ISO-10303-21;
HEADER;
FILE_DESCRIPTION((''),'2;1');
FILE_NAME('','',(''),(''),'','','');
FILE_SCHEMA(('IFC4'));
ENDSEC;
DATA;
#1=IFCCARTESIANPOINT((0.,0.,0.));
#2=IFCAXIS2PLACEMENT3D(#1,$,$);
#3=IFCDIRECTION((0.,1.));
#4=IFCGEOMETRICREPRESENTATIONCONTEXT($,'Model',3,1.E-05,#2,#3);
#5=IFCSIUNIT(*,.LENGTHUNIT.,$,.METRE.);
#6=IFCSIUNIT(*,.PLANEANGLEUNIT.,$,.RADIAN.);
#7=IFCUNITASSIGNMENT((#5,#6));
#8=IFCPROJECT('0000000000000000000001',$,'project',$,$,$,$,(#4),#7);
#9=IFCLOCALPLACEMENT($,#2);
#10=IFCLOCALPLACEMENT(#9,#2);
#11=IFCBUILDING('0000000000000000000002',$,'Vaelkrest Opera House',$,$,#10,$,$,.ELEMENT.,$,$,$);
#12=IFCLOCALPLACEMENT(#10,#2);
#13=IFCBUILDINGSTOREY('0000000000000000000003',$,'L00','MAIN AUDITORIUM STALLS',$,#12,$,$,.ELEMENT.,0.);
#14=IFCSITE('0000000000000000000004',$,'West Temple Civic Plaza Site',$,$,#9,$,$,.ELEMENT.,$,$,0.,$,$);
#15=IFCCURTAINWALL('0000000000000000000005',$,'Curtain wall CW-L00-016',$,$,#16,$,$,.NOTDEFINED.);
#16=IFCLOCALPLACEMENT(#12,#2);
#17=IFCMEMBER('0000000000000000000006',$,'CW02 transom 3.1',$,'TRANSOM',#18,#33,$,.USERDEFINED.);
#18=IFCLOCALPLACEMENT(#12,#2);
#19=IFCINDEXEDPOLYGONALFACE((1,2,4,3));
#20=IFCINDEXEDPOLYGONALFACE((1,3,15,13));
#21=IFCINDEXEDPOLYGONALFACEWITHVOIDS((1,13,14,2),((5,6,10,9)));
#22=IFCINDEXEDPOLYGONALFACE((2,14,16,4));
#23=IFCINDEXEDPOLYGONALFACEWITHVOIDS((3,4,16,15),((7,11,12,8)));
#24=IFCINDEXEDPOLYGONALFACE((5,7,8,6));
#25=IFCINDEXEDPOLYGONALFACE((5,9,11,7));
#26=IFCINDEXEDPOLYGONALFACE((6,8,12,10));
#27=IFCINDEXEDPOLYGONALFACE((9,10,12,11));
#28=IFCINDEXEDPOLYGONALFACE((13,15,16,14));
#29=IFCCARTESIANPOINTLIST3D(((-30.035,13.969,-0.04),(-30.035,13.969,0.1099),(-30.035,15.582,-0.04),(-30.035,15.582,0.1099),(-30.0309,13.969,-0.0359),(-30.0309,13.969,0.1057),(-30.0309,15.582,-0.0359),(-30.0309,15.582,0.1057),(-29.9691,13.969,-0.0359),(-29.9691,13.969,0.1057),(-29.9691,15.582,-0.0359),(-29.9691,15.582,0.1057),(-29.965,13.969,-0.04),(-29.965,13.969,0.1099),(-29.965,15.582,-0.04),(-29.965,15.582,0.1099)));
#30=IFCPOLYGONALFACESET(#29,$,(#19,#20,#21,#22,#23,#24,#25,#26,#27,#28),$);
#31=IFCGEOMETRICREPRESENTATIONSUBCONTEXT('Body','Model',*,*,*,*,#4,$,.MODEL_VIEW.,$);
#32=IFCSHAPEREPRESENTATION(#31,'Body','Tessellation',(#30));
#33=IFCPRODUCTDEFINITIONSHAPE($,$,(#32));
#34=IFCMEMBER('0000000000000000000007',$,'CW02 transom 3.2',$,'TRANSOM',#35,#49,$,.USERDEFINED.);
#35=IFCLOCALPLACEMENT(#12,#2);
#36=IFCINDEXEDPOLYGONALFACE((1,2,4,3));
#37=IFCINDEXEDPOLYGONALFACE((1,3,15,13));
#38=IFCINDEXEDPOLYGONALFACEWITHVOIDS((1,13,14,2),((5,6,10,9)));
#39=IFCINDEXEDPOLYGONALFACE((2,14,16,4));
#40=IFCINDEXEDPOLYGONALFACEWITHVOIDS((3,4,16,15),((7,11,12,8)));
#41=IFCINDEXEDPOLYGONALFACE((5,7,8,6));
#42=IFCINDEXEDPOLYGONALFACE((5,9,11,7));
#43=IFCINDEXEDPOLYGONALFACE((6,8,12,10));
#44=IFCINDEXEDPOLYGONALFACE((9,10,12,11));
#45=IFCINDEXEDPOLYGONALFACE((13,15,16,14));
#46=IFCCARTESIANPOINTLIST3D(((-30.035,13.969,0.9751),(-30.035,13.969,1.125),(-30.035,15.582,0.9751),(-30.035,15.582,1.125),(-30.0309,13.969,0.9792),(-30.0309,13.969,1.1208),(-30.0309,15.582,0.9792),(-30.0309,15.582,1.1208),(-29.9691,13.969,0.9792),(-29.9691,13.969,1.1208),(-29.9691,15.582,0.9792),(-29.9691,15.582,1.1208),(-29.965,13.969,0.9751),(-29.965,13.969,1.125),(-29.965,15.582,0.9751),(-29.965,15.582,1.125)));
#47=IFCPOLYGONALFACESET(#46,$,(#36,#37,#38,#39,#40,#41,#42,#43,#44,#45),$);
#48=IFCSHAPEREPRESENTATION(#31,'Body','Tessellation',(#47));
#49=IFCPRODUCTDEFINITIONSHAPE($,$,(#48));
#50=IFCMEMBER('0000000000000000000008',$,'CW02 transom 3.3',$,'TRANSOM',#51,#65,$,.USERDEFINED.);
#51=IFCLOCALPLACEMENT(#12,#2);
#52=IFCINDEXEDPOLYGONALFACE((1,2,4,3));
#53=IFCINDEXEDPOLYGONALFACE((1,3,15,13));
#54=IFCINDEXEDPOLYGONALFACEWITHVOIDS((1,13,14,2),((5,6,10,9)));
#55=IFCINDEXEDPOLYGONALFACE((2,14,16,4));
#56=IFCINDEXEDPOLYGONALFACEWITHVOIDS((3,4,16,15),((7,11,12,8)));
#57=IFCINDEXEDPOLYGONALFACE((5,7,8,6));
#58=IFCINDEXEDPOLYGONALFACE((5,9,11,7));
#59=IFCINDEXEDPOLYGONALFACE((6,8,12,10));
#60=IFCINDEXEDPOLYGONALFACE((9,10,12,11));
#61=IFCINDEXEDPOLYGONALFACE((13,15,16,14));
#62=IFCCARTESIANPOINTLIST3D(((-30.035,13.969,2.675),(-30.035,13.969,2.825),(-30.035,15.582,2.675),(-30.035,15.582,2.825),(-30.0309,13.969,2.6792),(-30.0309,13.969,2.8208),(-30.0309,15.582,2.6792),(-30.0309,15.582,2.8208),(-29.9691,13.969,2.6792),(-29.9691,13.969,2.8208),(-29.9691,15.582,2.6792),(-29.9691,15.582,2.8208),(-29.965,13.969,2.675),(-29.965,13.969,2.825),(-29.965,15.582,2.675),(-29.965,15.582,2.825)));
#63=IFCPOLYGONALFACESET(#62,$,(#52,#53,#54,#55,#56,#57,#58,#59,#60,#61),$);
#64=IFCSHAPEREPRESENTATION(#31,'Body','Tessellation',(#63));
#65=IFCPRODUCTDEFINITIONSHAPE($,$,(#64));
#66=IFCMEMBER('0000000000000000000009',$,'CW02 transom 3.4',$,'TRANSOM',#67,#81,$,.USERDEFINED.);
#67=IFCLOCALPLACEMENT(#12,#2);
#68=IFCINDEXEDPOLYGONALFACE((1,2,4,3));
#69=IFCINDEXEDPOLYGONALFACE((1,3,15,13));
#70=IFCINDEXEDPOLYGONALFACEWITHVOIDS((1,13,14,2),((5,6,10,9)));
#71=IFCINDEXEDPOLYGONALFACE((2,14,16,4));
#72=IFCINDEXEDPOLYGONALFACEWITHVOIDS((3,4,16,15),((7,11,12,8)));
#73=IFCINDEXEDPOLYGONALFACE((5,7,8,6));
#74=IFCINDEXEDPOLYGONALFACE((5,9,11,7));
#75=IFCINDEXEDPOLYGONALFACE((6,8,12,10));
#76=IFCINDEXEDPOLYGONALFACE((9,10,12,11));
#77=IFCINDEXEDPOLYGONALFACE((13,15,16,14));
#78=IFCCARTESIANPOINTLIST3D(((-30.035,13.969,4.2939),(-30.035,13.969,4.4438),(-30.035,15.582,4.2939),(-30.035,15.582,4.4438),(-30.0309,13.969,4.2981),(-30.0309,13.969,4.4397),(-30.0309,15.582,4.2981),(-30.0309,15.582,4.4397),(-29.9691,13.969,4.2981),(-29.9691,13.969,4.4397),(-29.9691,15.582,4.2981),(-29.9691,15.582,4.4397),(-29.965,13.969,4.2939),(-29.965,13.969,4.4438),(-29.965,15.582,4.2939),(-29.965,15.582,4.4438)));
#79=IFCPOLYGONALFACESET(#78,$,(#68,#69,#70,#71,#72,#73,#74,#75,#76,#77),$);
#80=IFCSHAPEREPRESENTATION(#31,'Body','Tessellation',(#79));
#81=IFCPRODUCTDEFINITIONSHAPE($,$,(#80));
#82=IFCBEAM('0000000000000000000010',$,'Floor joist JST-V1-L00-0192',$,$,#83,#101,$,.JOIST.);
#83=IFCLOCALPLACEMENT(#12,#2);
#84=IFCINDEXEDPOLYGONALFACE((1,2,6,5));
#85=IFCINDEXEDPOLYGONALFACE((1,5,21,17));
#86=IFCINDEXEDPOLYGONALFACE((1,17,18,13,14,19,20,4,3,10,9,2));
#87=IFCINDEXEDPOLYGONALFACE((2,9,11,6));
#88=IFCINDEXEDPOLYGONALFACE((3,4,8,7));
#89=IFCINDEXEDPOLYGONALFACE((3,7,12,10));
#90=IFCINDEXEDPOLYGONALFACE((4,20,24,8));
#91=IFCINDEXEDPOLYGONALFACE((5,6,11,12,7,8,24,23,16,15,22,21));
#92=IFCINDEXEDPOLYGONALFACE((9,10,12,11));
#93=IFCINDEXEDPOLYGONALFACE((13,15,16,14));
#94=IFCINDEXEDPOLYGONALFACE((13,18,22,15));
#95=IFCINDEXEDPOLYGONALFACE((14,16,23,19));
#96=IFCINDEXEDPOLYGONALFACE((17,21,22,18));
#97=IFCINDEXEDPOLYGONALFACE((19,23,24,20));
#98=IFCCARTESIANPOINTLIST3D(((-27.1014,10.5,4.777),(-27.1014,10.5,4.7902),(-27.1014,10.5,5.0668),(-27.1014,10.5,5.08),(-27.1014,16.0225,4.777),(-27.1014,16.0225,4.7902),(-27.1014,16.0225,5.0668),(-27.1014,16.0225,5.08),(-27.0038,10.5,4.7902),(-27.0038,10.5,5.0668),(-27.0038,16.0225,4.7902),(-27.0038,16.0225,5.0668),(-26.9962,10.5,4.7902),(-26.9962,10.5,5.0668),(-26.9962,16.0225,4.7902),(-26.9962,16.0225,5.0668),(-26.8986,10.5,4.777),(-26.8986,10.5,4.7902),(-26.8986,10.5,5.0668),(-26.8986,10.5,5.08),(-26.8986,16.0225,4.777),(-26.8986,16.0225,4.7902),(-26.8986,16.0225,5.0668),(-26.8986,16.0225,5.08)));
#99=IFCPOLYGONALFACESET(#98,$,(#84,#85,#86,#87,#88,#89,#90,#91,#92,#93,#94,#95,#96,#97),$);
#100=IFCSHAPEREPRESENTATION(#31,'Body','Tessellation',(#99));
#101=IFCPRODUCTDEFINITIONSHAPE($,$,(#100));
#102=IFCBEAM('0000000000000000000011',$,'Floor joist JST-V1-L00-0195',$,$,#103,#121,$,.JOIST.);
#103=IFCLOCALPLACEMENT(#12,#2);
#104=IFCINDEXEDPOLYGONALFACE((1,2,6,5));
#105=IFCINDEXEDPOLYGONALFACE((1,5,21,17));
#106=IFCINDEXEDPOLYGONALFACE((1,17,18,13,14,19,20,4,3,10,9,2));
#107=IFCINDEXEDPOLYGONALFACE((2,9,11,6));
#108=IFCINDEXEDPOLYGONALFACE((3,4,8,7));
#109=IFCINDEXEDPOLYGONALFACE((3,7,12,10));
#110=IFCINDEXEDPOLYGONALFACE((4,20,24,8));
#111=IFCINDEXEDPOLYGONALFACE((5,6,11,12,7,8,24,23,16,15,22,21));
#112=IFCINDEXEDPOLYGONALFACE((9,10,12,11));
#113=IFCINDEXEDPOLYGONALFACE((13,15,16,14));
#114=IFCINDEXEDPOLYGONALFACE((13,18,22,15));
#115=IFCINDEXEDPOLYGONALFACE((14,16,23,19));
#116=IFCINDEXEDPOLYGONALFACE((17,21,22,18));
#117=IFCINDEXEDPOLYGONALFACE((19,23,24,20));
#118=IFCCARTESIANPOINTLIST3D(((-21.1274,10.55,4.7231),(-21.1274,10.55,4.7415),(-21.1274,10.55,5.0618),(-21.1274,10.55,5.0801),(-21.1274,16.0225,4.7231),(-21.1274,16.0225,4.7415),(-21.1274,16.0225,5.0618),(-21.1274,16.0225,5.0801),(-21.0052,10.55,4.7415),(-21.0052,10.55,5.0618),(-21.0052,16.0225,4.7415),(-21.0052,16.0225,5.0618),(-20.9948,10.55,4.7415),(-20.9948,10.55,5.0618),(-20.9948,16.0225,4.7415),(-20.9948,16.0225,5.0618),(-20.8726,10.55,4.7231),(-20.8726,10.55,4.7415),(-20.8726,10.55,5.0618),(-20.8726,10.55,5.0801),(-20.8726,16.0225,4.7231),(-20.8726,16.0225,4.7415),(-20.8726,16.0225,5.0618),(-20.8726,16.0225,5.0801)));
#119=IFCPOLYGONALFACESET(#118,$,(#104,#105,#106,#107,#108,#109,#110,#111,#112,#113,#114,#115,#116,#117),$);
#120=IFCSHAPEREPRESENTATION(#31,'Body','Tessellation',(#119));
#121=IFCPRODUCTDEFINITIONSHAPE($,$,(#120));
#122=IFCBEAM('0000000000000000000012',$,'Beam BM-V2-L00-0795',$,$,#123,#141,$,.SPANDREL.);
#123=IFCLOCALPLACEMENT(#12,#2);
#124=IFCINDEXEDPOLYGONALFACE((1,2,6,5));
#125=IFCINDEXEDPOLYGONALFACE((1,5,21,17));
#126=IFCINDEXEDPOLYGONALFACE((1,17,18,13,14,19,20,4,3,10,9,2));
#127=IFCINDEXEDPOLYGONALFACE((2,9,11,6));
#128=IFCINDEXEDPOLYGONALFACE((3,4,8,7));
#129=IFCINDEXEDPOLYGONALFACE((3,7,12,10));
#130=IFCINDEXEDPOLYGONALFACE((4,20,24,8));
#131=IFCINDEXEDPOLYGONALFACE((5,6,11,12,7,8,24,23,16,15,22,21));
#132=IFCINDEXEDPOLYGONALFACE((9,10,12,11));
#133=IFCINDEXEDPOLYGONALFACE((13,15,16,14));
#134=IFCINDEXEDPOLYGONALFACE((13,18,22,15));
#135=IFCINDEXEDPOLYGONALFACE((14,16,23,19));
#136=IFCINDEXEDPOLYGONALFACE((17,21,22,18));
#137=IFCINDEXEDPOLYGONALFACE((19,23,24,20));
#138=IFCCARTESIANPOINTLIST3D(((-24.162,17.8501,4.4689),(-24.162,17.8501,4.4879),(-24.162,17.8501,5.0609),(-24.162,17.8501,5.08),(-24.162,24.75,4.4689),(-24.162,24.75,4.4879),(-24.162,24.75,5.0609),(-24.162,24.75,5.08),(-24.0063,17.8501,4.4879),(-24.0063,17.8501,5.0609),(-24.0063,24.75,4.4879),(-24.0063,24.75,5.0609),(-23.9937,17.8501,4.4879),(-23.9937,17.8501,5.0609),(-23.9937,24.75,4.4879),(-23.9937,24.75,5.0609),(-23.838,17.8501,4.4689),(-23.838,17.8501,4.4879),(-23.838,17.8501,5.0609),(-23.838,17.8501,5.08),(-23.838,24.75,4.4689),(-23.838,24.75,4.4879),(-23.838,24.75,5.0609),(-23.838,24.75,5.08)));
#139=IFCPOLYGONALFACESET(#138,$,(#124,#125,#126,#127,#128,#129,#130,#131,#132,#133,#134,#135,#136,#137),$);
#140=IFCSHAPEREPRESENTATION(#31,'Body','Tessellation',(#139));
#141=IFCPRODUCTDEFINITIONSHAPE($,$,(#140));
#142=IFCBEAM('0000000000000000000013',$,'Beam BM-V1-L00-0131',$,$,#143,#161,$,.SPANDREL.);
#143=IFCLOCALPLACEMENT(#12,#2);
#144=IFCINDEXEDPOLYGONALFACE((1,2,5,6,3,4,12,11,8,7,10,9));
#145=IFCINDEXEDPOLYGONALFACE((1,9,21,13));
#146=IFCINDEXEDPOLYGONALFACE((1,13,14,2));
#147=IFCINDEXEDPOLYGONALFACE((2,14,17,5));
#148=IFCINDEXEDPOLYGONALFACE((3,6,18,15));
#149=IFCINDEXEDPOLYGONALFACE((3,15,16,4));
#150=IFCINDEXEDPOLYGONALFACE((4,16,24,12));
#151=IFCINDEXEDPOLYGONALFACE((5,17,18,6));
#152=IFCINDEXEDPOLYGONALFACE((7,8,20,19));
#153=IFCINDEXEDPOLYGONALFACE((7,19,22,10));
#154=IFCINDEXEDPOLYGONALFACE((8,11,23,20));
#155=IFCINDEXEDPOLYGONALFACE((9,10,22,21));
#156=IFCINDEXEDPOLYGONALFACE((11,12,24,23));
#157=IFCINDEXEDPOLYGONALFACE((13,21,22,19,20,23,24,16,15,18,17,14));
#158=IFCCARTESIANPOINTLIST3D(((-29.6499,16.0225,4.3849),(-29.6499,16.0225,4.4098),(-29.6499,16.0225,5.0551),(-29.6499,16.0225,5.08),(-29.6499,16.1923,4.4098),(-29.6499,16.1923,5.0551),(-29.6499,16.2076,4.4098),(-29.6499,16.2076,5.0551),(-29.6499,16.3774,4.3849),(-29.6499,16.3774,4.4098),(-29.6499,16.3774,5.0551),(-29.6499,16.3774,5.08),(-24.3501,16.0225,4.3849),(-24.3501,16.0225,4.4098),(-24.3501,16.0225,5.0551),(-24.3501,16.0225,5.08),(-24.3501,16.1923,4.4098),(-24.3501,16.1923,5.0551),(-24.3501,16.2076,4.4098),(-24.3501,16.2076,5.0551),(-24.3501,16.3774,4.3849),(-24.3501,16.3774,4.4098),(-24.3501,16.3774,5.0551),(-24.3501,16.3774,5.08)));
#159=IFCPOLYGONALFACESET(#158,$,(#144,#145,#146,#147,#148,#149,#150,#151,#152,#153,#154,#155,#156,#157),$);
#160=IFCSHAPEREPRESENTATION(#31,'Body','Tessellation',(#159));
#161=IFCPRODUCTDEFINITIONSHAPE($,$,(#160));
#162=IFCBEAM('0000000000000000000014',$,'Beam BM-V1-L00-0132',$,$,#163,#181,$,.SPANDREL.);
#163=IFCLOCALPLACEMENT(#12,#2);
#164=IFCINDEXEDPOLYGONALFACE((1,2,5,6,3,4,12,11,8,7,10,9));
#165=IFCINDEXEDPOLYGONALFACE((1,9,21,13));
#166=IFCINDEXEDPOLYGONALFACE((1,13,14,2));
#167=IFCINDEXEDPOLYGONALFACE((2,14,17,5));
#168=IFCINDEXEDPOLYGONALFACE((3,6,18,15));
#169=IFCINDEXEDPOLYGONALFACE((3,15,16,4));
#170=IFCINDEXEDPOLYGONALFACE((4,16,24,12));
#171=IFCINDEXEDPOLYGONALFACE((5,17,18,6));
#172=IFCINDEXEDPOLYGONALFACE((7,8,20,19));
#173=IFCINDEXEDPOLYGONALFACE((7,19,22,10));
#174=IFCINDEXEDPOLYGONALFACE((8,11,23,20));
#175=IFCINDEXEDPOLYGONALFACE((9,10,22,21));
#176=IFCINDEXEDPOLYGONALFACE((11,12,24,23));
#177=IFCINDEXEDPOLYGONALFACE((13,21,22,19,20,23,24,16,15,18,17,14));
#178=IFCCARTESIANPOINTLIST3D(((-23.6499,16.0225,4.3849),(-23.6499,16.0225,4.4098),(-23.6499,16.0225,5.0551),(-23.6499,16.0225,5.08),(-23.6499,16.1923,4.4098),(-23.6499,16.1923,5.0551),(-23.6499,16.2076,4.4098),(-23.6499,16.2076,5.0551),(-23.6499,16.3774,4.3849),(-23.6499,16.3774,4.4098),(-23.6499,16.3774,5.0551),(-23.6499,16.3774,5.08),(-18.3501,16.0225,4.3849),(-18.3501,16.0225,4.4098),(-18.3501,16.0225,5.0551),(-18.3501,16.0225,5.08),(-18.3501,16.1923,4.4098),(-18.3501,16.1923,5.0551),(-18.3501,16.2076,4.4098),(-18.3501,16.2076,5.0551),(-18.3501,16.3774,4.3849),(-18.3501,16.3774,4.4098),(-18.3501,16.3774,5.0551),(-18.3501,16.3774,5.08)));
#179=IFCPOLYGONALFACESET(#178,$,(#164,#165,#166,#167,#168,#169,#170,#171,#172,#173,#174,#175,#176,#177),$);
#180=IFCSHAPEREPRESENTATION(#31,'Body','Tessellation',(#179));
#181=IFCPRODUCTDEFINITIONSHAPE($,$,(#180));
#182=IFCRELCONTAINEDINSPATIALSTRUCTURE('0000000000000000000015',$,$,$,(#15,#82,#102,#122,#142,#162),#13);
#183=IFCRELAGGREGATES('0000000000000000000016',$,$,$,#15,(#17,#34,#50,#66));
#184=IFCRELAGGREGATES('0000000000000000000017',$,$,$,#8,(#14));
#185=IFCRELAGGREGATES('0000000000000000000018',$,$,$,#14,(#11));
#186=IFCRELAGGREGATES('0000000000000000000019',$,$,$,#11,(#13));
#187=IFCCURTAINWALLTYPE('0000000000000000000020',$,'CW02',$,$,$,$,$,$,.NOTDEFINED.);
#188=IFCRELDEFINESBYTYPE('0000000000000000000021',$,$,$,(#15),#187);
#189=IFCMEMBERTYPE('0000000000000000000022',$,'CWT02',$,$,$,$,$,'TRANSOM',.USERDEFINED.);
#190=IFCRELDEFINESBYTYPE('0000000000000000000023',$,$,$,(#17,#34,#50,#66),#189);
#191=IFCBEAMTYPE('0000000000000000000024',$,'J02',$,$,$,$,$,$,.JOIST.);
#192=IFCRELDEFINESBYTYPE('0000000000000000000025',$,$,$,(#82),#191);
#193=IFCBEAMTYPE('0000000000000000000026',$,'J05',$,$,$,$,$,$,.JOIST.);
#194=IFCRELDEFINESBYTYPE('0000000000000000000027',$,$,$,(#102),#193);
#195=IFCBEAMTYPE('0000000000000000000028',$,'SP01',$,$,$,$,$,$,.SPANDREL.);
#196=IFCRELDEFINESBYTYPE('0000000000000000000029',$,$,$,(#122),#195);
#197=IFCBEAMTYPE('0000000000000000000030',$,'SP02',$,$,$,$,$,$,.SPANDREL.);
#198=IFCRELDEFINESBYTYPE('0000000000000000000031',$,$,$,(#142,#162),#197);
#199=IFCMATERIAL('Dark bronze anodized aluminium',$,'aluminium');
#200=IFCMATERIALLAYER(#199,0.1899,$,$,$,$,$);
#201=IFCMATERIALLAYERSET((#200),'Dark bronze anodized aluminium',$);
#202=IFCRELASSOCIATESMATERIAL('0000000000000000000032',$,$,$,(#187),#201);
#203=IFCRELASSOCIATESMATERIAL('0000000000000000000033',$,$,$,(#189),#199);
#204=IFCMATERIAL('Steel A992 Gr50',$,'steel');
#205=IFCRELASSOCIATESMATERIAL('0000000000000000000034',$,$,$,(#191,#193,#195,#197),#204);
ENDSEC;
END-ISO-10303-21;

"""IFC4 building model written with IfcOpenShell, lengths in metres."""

from ifc_helpers import new_model, si_unit, direction, frame, origin, origin_2d, place, context, subcontext, project, spatial, hollow_rectangle, i_section, extrude, material, layer, layer_set, material_profile, profile_set, type_object, element, aggregate, save


model = new_model("IFC4")

# Units and contexts
model_context = context("Model", 3, precision=1e-05, world=origin(), true_north=direction((0.0, 1.0)))
body_context = subcontext(model_context, "Body", "Model", "MODEL_VIEW")
ifc_project = project(units=[si_unit("LENGTHUNIT", "METRE"), si_unit("PLANEANGLEUNIT", "RADIAN")], contexts=[model_context])

# Site, building, storey
site_placement = place(None, origin())
site = spatial("IfcSite", under=ifc_project, at=site_placement, Name="West Temple Civic Plaza Site", CompositionType="ELEMENT", RefElevation=0.0)
building_placement = place(site_placement, origin())
building = spatial("IfcBuilding", under=site, at=building_placement, Name="Vaelkrest Opera House", CompositionType="ELEMENT")
storey_placement = place(building_placement, origin())
storey = spatial("IfcBuildingStorey", under=building, at=storey_placement, Name="L00", Description="MAIN AUDITORIUM STALLS", CompositionType="ELEMENT", Elevation=0.0)

# Shared definitions
ifc_material_1 = material(Name="Steel A992 Gr50", Category="steel")

# Curtain wall, members
ifc_material_2 = material(Name="Dark bronze anodized aluminium", Category="aluminium")
ifc_layer_1 = layer(ifc_material_2, 0.1899)
ifc_layer_set_1 = layer_set([ifc_layer_1], Name="Dark bronze anodized aluminium")
curtain_wall_type = type_object("IfcCurtainWallType", Name="CW02", PredefinedType="NOTDEFINED", material=ifc_layer_set_1)
curtain_wall_placement = place(storey_placement, origin())
curtain_wall = element("IfcCurtainWall", 1, at=curtain_wall_placement, inside=storey, type_object=curtain_wall_type, Name="Curtain wall CW-L00-016", PredefinedType="NOTDEFINED")
ifc_material_profile_1 = material_profile(ifc_material_2, hollow_rectangle(XDim=0.0701, YDim=0.1499, WallThickness=0.0042, at=origin_2d()), Name="CWT70X150")
ifc_profile_set_1 = profile_set([ifc_material_profile_1], Name="Dark bronze anodized aluminium")
member_type_1 = type_object("IfcMemberType", Name="CWT02", ElementType="TRANSOM", PredefinedType="USERDEFINED", material=ifc_profile_set_1)
member_1_placement = place(storey_placement, frame((-30.0, 13.969, 0.0349), z_axis=(0.0, 1.0, 0.0), x_axis=(-1.0, 0.0, 0.0)))
member_1 = element("IfcMember", 2, at=member_1_placement, type_object=member_type_1, Name="CW02 transom 3.1", ObjectType="TRANSOM", PredefinedType="USERDEFINED", context=body_context, shape_type="SweptSolid", body=[
    extrude(hollow_rectangle(XDim=0.0701, YDim=0.1499, WallThickness=0.0042, at=origin_2d()), origin(), (0.0, 0.0, 1.0), 1.613),
])
member_2_placement = place(storey_placement, frame((-30.0, 13.969, 1.05), z_axis=(0.0, 1.0, 0.0), x_axis=(-1.0, 0.0, 0.0)))
member_2 = element("IfcMember", 3, at=member_2_placement, type_object=member_type_1, Name="CW02 transom 3.2", ObjectType="TRANSOM", PredefinedType="USERDEFINED", context=body_context, shape_type="SweptSolid", body=[
    extrude(hollow_rectangle(XDim=0.0701, YDim=0.1499, WallThickness=0.0042, at=origin_2d()), origin(), (0.0, 0.0, 1.0), 1.613),
])
member_3_placement = place(storey_placement, frame((-30.0, 13.969, 2.75), z_axis=(0.0, 1.0, 0.0), x_axis=(-1.0, 0.0, 0.0)))
member_3 = element("IfcMember", 4, at=member_3_placement, type_object=member_type_1, Name="CW02 transom 3.3", ObjectType="TRANSOM", PredefinedType="USERDEFINED", context=body_context, shape_type="SweptSolid", body=[
    extrude(hollow_rectangle(XDim=0.0701, YDim=0.1499, WallThickness=0.0042, at=origin_2d()), origin(), (0.0, 0.0, 1.0), 1.613),
])
member_4_placement = place(storey_placement, frame((-30.0, 13.969, 4.3689), z_axis=(0.0, 1.0, 0.0), x_axis=(-1.0, 0.0, 0.0)))
member_4 = element("IfcMember", 5, at=member_4_placement, type_object=member_type_1, Name="CW02 transom 3.4", ObjectType="TRANSOM", PredefinedType="USERDEFINED", context=body_context, shape_type="SweptSolid", body=[
    extrude(hollow_rectangle(XDim=0.0701, YDim=0.1499, WallThickness=0.0042, at=origin_2d()), origin(), (0.0, 0.0, 1.0), 1.613),
])

# Beams
ifc_material_profile_2 = material_profile(ifc_material_1, i_section(OverallWidth=0.2029, OverallDepth=0.303, WebThickness=0.0076, FlangeThickness=0.0132, at=origin_2d()), Name="W12X40")
ifc_profile_set_2 = profile_set([ifc_material_profile_2], Name="Steel A992 Gr50")
beam_type_1 = type_object("IfcBeamType", Name="J02", PredefinedType="JOIST", material=ifc_profile_set_2)
beam_1_placement = place(storey_placement, frame((-27.0, 10.5, 4.9285), z_axis=(0.0, 1.0, 0.0), x_axis=(-1.0, 0.0, 0.0)))
element("IfcBeam", 6, at=beam_1_placement, inside=storey, type_object=beam_type_1, Name="Floor joist JST-V1-L00-0192", PredefinedType="JOIST", context=body_context, shape_type="SweptSolid", body=[
    extrude(i_section(OverallWidth=0.2029, OverallDepth=0.303, WebThickness=0.0076, FlangeThickness=0.0132, at=origin_2d()), origin(), (0.0, 0.0, 1.0), 5.5225),
])
ifc_material_profile_3 = material_profile(ifc_material_1, i_section(OverallWidth=0.2549, OverallDepth=0.3569, WebThickness=0.0105, FlangeThickness=0.0183, at=origin_2d()), Name="W14X68")
ifc_profile_set_3 = profile_set([ifc_material_profile_3], Name="Steel A992 Gr50")
beam_type_2 = type_object("IfcBeamType", Name="J05", PredefinedType="JOIST", material=ifc_profile_set_3)
beam_2_placement = place(storey_placement, frame((-21.0, 10.55, 4.9016), z_axis=(0.0, 1.0, 0.0), x_axis=(-1.0, 0.0, 0.0)))
element("IfcBeam", 7, at=beam_2_placement, inside=storey, type_object=beam_type_2, Name="Floor joist JST-V1-L00-0195", PredefinedType="JOIST", context=body_context, shape_type="SweptSolid", body=[
    extrude(i_section(OverallWidth=0.2549, OverallDepth=0.3569, WebThickness=0.0105, FlangeThickness=0.0183, at=origin_2d()), origin(), (0.0, 0.0, 1.0), 5.4724),
])
ifc_material_profile_4 = material_profile(ifc_material_1, i_section(OverallWidth=0.324, OverallDepth=0.6111, WebThickness=0.0127, FlangeThickness=0.019, at=origin_2d()), Name="W24X104")
ifc_profile_set_4 = profile_set([ifc_material_profile_4], Name="Steel A992 Gr50")
beam_type_3 = type_object("IfcBeamType", Name="SP01", PredefinedType="SPANDREL", material=ifc_profile_set_4)
beam_3_placement = place(storey_placement, frame((-24.0, 17.8501, 4.7744), z_axis=(0.0, 1.0, 0.0), x_axis=(-1.0, 0.0, 0.0)))
element("IfcBeam", 8, at=beam_3_placement, inside=storey, type_object=beam_type_3, Name="Beam BM-V2-L00-0795", PredefinedType="SPANDREL", context=body_context, shape_type="SweptSolid", body=[
    extrude(i_section(OverallWidth=0.324, OverallDepth=0.6111, WebThickness=0.0127, FlangeThickness=0.019, at=origin_2d()), origin(), (0.0, 0.0, 1.0), 6.8999),
])
ifc_material_profile_5 = material_profile(ifc_material_1, i_section(OverallWidth=0.355, OverallDepth=0.6951, WebThickness=0.0154, FlangeThickness=0.0249, at=origin_2d()), Name="W27X146")
ifc_profile_set_5 = profile_set([ifc_material_profile_5], Name="Steel A992 Gr50")
beam_type_4 = type_object("IfcBeamType", Name="SP02", PredefinedType="SPANDREL", material=ifc_profile_set_5)
for number, where, z_axis, x_axis, name in (
    (9, (-29.6499, 16.2, 4.7324), (1.0, 0.0, 0.0), (0.0, 1.0, 0.0), "Beam BM-V1-L00-0131"),
    (10, (-23.6499, 16.2, 4.7324), (1.0, 0.0, 0.0), (0.0, 1.0, 0.0), "Beam BM-V1-L00-0132"),
):
    element("IfcBeam", number, at=place(storey_placement, frame(where, z_axis=z_axis, x_axis=x_axis)), inside=storey, type_object=beam_type_4, Name=name, PredefinedType="SPANDREL", context=body_context, shape_type="SweptSolid", body=[
        extrude(i_section(OverallWidth=0.355, OverallDepth=0.6951, WebThickness=0.0154, FlangeThickness=0.0249, at=origin_2d()), origin(), (0.0, 0.0, 1.0), 5.2998),
    ])

aggregate(curtain_wall, [member_1, member_2, member_3, member_4])

save(model, "model.ifc")
